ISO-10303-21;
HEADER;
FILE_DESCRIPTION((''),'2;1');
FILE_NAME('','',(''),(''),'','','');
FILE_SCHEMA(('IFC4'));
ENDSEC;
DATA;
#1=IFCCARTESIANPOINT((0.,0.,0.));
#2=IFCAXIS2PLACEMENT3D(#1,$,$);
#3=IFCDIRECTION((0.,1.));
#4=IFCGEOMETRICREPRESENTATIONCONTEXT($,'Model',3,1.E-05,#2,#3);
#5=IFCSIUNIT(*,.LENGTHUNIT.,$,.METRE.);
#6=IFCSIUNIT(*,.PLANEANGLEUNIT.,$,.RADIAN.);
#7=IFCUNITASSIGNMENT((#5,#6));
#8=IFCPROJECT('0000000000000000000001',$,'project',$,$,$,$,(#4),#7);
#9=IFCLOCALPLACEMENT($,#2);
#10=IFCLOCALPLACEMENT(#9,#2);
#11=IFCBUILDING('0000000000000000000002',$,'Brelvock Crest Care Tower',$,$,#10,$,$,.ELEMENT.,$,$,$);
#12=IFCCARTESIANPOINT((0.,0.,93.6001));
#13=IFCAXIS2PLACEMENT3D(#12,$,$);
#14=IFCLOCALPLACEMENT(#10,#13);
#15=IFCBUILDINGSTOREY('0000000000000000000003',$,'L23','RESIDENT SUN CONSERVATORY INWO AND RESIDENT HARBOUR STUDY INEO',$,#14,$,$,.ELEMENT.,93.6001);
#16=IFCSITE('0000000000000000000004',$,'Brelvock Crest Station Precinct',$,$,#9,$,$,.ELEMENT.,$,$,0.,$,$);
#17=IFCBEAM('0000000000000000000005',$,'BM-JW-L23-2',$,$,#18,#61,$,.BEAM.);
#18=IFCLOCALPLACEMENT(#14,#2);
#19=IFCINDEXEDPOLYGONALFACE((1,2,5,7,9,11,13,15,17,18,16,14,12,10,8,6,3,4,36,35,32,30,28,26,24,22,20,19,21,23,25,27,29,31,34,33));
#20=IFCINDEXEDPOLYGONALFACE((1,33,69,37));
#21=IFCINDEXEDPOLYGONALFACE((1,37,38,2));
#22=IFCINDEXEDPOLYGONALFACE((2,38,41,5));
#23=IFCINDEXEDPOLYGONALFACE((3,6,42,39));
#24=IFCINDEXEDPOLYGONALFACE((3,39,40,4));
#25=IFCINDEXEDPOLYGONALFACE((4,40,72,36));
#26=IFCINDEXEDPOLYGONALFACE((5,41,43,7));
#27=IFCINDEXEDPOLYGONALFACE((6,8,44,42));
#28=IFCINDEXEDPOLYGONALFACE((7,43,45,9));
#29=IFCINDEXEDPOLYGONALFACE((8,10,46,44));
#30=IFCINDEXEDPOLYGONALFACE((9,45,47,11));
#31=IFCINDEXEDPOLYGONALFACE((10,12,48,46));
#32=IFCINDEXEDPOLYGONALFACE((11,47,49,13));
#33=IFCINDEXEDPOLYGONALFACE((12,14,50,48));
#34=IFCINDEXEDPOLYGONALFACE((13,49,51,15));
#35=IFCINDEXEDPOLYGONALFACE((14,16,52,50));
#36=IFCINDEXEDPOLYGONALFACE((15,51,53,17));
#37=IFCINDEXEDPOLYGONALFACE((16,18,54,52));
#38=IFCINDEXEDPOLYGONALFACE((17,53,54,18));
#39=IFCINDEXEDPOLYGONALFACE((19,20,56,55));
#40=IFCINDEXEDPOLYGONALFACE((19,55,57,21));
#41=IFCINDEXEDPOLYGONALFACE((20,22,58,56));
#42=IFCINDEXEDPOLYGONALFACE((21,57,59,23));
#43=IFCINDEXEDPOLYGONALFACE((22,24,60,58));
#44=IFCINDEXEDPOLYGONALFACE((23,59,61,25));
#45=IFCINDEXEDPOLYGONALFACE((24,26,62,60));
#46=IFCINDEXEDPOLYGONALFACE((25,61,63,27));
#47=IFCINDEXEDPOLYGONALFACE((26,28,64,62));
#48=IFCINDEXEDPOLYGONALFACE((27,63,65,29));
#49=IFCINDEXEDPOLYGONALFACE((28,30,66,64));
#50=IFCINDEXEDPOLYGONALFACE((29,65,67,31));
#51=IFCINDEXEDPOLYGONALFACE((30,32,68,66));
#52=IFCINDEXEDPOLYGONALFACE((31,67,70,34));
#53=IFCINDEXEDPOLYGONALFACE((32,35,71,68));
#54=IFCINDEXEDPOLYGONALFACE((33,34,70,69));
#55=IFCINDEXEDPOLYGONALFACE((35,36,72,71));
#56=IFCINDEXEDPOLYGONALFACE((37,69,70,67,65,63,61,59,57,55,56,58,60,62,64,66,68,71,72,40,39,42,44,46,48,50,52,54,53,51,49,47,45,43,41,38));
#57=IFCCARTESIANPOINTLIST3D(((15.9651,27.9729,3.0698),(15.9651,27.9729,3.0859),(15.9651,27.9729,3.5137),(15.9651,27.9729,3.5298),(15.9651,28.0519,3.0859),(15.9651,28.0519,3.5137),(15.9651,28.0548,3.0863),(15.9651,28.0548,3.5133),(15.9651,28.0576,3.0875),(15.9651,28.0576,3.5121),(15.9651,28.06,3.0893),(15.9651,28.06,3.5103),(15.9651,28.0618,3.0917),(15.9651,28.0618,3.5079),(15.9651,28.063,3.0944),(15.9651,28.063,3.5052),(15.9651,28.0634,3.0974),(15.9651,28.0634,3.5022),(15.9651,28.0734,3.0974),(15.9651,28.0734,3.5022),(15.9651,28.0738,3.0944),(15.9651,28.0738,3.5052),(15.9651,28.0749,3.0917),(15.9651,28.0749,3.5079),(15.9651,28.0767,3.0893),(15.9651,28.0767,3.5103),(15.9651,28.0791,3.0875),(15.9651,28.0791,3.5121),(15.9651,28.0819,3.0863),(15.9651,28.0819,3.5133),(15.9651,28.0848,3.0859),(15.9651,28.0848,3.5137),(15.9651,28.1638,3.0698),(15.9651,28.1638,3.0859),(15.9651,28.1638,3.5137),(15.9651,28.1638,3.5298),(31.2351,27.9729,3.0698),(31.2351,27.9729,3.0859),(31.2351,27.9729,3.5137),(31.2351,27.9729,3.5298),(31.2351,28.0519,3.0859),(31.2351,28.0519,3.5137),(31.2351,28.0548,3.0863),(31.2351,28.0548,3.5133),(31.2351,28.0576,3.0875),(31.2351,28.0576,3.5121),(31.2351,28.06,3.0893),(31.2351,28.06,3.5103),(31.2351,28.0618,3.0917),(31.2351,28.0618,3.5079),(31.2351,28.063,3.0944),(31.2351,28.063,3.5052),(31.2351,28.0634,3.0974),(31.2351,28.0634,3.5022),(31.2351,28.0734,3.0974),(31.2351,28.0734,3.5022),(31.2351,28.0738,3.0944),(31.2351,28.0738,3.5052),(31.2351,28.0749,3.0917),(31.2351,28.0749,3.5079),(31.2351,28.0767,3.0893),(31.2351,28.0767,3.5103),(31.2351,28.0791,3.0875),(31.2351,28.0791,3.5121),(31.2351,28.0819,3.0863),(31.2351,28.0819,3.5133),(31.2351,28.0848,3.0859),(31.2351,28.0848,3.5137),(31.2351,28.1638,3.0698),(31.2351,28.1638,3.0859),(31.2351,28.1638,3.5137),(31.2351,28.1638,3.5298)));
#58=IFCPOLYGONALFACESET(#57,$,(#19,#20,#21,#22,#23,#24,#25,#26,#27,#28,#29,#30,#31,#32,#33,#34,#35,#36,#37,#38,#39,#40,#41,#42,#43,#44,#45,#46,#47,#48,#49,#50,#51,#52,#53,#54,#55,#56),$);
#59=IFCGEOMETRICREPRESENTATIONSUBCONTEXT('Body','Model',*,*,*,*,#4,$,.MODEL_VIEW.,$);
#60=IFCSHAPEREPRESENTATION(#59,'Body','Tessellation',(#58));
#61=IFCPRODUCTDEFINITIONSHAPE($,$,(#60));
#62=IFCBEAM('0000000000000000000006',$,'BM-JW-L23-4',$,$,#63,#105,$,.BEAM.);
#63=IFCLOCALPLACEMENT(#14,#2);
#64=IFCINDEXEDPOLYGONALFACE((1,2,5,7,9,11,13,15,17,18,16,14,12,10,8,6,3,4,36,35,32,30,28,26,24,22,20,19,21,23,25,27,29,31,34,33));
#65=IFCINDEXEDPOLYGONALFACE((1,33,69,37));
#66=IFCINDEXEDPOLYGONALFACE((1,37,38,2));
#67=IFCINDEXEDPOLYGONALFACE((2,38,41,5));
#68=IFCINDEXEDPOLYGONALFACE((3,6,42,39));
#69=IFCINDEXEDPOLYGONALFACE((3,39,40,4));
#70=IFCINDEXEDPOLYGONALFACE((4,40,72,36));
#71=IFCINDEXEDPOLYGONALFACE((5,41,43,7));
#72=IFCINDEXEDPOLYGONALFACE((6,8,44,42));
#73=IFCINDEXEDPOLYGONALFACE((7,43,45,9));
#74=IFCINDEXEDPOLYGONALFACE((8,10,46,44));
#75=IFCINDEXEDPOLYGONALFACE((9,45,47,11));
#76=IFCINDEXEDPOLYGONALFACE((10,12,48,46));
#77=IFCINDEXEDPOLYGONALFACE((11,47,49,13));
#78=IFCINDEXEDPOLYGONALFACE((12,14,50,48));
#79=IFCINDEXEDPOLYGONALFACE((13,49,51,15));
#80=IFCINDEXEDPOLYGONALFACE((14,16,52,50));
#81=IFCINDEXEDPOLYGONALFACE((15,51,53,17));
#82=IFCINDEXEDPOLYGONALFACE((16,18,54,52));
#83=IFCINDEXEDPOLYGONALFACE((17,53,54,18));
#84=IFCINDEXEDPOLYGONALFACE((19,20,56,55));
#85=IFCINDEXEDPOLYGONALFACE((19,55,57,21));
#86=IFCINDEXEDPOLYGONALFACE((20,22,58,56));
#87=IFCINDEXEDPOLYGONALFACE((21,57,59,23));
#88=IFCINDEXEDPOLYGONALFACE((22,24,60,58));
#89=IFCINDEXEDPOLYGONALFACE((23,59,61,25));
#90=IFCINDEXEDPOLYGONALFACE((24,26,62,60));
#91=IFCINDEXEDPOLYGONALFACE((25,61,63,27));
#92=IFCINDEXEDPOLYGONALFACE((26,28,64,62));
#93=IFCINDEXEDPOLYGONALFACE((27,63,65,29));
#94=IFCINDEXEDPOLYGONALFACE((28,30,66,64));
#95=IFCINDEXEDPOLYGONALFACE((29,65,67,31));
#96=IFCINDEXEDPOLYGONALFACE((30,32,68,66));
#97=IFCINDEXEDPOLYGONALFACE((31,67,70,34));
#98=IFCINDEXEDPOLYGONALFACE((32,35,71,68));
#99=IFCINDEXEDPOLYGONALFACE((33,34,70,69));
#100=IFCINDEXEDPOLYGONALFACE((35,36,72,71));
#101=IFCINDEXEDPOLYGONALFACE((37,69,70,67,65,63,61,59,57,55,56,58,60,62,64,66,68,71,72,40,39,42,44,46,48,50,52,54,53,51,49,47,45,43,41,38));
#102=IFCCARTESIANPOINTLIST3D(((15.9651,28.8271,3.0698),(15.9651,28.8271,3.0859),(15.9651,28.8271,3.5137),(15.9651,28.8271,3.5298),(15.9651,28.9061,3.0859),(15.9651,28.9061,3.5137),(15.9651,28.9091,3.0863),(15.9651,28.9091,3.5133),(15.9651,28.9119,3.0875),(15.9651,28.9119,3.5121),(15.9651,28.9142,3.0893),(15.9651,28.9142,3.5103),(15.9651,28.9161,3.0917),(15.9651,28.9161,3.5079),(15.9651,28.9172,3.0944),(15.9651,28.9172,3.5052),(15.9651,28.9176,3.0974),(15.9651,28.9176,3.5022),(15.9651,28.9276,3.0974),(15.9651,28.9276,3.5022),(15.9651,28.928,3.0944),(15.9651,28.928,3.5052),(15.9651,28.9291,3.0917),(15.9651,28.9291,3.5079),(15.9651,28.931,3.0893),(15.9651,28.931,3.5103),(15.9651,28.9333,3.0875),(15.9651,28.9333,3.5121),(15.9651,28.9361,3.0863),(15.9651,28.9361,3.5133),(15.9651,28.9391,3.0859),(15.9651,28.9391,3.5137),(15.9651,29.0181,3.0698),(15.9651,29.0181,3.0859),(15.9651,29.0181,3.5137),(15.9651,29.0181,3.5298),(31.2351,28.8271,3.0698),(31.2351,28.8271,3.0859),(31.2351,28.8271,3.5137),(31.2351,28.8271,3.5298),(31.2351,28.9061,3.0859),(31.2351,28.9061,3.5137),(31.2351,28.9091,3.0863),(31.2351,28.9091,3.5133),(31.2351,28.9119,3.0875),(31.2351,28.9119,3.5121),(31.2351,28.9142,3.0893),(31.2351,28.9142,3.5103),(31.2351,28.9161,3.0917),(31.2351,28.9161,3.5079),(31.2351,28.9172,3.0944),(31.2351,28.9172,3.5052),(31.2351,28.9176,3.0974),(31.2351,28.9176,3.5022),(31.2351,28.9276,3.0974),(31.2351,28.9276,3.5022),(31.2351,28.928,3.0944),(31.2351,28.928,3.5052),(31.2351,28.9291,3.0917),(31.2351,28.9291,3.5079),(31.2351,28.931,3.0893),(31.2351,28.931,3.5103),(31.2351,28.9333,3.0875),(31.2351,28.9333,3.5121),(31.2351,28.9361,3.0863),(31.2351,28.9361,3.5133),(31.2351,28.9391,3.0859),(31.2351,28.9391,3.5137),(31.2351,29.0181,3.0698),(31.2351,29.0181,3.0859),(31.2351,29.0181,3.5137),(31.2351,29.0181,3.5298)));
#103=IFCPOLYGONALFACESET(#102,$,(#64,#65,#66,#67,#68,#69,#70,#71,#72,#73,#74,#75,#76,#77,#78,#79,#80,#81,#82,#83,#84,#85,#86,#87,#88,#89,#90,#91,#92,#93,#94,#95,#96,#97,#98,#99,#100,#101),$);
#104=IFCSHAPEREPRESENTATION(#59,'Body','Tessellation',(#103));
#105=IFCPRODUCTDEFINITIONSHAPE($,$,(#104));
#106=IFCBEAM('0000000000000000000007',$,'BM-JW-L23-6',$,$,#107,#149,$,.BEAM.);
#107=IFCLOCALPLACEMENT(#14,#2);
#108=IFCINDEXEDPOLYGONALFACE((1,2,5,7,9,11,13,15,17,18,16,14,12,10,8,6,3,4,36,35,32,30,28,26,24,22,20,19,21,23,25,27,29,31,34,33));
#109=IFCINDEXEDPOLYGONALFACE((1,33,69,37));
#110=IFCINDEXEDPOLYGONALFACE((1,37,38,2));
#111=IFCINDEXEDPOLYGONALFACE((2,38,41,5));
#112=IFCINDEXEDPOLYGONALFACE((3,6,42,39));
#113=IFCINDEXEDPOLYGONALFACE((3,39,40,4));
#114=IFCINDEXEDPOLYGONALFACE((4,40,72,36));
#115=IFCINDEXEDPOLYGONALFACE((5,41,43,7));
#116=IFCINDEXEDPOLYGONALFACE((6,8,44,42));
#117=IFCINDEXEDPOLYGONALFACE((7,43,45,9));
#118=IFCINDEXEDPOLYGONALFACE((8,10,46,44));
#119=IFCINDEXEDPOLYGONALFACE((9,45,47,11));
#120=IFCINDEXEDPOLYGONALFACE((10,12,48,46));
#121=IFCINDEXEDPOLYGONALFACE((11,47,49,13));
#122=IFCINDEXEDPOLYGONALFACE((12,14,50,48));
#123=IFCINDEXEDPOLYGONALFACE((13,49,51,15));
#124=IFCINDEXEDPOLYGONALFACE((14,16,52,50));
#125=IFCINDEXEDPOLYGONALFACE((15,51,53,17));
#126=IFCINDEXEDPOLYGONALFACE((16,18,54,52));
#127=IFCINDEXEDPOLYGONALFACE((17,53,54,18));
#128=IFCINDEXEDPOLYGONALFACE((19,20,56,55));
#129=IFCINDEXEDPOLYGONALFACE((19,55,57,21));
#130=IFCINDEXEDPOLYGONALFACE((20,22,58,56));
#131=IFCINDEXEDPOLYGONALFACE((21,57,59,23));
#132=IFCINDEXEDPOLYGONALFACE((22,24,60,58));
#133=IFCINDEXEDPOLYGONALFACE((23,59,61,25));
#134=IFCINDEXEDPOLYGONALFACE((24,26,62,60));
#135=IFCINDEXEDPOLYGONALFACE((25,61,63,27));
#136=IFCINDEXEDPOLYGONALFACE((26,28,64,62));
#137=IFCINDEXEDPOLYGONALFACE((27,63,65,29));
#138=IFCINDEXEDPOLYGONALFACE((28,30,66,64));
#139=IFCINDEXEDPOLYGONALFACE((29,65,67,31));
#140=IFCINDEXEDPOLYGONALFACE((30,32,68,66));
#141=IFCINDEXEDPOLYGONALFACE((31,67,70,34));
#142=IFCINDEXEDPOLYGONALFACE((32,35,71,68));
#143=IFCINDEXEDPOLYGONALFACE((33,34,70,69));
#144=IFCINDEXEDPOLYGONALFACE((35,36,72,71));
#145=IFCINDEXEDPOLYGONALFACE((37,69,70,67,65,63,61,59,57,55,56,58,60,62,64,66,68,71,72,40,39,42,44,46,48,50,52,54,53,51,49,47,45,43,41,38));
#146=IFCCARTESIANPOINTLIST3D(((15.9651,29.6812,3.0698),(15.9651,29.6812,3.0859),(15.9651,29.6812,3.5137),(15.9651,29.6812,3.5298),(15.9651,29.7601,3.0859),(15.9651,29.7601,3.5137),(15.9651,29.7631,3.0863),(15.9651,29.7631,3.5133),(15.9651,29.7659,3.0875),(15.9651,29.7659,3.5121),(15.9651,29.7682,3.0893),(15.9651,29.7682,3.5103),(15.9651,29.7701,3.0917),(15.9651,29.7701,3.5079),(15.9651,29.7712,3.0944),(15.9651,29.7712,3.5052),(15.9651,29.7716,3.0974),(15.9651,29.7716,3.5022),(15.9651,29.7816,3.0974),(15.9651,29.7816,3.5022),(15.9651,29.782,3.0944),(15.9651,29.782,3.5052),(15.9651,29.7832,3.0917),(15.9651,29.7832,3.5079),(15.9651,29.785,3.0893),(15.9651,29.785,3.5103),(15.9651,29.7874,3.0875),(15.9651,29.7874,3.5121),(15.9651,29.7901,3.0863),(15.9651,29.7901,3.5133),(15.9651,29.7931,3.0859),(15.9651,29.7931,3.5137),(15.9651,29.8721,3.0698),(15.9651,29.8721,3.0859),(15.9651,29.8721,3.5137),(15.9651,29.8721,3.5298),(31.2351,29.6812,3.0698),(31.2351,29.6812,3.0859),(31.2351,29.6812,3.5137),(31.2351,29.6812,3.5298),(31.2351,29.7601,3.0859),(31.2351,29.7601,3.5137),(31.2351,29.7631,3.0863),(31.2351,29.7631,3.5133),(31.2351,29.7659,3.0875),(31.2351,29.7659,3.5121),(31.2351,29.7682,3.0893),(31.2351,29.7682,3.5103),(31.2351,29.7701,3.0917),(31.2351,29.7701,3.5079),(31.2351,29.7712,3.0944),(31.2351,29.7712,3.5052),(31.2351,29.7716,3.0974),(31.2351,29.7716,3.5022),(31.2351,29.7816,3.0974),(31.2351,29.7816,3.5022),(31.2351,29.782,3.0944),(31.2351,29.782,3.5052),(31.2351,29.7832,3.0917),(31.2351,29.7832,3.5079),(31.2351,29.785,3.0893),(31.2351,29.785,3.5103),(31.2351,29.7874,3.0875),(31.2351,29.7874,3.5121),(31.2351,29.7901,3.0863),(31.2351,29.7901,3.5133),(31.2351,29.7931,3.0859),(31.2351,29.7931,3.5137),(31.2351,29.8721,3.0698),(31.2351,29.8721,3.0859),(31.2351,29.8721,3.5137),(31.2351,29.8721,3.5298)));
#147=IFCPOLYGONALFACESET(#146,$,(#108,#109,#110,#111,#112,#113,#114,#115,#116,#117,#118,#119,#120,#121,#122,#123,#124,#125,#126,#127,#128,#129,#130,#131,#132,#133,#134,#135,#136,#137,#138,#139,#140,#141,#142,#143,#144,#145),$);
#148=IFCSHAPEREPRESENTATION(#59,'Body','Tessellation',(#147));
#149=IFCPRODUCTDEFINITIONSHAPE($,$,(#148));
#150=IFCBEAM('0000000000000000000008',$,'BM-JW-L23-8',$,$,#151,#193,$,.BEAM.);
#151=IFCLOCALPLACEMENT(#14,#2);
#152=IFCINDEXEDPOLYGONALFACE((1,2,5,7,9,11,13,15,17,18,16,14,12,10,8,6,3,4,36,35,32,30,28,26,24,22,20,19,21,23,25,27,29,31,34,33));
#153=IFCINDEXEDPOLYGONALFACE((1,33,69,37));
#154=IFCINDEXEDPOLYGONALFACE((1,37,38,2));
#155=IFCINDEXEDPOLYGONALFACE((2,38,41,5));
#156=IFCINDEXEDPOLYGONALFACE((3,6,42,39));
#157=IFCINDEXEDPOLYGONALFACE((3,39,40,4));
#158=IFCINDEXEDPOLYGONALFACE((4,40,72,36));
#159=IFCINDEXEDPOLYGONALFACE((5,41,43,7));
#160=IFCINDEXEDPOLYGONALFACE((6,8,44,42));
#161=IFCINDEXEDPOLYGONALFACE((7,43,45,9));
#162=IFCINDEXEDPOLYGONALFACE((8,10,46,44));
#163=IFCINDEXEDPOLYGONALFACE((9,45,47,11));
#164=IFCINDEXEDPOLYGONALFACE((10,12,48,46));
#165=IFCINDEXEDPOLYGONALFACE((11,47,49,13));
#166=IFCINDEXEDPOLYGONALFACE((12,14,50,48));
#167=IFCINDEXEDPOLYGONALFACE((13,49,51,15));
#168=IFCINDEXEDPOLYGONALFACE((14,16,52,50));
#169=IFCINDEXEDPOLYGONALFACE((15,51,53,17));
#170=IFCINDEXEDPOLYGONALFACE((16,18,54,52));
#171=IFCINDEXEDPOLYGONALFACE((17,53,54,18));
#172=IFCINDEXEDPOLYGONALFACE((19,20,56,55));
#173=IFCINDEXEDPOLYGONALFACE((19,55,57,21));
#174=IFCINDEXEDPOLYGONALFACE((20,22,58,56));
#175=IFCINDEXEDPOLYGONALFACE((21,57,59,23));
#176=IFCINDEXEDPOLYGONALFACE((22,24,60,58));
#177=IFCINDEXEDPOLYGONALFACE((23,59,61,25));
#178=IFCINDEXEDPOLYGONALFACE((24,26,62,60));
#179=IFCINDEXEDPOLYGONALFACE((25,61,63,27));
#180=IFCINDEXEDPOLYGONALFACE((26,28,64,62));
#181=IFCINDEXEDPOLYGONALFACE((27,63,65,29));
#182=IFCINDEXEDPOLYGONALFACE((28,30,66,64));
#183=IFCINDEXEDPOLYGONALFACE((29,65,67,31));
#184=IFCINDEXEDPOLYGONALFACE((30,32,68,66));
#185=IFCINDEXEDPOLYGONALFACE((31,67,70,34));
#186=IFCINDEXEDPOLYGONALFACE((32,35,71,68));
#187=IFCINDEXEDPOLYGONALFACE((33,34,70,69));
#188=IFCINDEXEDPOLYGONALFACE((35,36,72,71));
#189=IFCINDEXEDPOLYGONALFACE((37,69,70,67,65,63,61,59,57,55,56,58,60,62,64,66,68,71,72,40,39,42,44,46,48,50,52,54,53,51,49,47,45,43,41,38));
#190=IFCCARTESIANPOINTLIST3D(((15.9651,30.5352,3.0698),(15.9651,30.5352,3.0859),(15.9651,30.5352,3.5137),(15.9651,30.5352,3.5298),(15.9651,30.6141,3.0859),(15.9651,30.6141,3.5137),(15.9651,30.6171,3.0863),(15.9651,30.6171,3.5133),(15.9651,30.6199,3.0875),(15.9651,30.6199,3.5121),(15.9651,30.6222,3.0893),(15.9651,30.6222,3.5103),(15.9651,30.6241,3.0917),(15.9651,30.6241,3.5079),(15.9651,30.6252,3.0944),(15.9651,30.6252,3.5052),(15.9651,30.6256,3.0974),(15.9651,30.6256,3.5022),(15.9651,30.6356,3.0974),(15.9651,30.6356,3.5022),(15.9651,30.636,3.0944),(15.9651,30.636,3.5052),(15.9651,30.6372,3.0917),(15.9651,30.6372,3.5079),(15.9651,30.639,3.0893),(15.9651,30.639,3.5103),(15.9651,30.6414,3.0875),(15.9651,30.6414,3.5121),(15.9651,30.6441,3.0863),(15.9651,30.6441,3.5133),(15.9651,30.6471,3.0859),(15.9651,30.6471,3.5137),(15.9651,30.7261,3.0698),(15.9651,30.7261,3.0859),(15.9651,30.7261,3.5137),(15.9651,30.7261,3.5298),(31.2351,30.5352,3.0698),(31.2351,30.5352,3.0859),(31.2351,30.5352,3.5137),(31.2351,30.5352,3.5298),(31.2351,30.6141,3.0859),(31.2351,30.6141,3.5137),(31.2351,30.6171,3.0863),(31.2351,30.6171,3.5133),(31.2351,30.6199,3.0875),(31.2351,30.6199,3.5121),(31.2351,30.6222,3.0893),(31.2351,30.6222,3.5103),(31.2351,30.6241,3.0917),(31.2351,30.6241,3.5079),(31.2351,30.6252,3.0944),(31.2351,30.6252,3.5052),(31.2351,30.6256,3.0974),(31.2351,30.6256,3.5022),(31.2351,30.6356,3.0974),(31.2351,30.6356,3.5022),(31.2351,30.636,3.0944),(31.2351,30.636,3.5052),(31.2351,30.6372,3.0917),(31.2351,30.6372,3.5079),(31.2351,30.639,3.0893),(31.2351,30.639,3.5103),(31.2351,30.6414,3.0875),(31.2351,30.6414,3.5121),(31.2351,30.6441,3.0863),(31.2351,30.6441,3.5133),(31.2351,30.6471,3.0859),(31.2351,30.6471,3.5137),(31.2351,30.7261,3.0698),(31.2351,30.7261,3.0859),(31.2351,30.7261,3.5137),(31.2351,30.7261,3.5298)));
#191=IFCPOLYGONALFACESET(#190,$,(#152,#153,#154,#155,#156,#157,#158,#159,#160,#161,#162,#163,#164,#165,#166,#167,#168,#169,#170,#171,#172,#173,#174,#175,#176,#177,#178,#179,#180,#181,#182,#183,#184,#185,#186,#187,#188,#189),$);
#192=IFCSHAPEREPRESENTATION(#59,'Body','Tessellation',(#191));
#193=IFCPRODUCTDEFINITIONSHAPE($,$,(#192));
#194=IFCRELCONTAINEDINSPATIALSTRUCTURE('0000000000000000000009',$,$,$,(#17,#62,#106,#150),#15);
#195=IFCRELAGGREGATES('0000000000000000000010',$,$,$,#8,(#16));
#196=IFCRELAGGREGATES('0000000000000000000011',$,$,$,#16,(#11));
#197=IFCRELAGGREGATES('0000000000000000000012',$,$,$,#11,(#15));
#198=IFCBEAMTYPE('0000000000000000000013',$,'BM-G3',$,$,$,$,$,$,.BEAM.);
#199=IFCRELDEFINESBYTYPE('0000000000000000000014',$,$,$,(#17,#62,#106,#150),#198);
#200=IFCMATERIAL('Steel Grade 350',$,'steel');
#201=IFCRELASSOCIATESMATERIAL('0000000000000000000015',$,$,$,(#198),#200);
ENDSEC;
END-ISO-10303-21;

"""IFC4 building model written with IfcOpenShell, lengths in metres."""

from ifc_helpers import new_model, si_unit, direction, frame, origin, origin_2d, place, context, subcontext, project, spatial, i_section, extrude, source, transform, mapped, material, material_profile, profile_set, type_object, element, save


model = new_model("IFC4")

# Units and contexts
model_context = context("Model", 3, precision=1e-05, world=origin(), true_north=direction((0.0, 1.0)))
body_context = subcontext(model_context, "Body", "Model", "MODEL_VIEW")
ifc_project = project(units=[si_unit("LENGTHUNIT", "METRE"), si_unit("PLANEANGLEUNIT", "RADIAN")], contexts=[model_context])

# Site, building, storey
site_placement = place(None, origin())
site = spatial("IfcSite", under=ifc_project, at=site_placement, Name="Brelvock Crest Station Precinct", CompositionType="ELEMENT", RefElevation=0.0)
building_placement = place(site_placement, origin())
building = spatial("IfcBuilding", under=site, at=building_placement, Name="Brelvock Crest Care Tower", CompositionType="ELEMENT")
storey_placement = place(building_placement, frame((0.0, 0.0, 93.6001)))
storey = spatial("IfcBuildingStorey", under=building, at=storey_placement, Name="L23", Description="RESIDENT SUN CONSERVATORY INWO AND RESIDENT HARBOUR STUDY INEO", CompositionType="ELEMENT", Elevation=93.6001)

# Shared definitions
ifc_material_1 = material(Name="Steel Grade 350", Category="steel")

# Beams
ifc_material_profile_1 = material_profile(ifc_material_1, i_section(OverallWidth=0.1909, OverallDepth=0.46, WebThickness=0.01, FlangeThickness=0.0161, FilletRadius=0.0115, at=origin_2d()), Name="460UB82.1")
ifc_profile_set_1 = profile_set([ifc_material_profile_1], Name="Steel Grade 350")
beam_type_1 = type_object("IfcBeamType", Name="BM-G3", PredefinedType="BEAM", material=ifc_profile_set_1)
shared_shape_1 = source(origin(), body_context, "Body", "SweptSolid", [
    extrude(i_section(OverallWidth=0.1909, OverallDepth=0.46, WebThickness=0.01, FlangeThickness=0.0161, FilletRadius=0.0115, at=origin_2d()), origin(), (0.0, 0.0, 1.0), 15.27),
])
for number, where, z_axis, x_axis, name in (
    (1, (15.9651, 28.0684, 3.2998), (1.0, 0.0, 0.0), (0.0, 1.0, 0.0), "BM-JW-L23-2"),
    (2, (15.9651, 28.9226, 3.2998), (1.0, 0.0, 0.0), (0.0, 1.0, 0.0), "BM-JW-L23-4"),
    (3, (15.9651, 29.7766, 3.2998), (1.0, 0.0, 0.0), (0.0, 1.0, 0.0), "BM-JW-L23-6"),
    (4, (15.9651, 30.6306, 3.2998), (1.0, 0.0, 0.0), (0.0, 1.0, 0.0), "BM-JW-L23-8"),
):
    element("IfcBeam", number, at=place(storey_placement, frame(where, z_axis=z_axis, x_axis=x_axis)), inside=storey, type_object=beam_type_1, Name=name, PredefinedType="BEAM", context=body_context, shape_type="MappedRepresentation", body=[
        mapped(shared_shape_1, transform((0.0, 0.0, 0.0), x_axis=(1.0, 0.0, 0.0), y_axis=(0.0, 1.0, 0.0), z_axis=(0.0, 0.0, 1.0), scale=1.0)),
    ])

save(model, "model.ifc")
